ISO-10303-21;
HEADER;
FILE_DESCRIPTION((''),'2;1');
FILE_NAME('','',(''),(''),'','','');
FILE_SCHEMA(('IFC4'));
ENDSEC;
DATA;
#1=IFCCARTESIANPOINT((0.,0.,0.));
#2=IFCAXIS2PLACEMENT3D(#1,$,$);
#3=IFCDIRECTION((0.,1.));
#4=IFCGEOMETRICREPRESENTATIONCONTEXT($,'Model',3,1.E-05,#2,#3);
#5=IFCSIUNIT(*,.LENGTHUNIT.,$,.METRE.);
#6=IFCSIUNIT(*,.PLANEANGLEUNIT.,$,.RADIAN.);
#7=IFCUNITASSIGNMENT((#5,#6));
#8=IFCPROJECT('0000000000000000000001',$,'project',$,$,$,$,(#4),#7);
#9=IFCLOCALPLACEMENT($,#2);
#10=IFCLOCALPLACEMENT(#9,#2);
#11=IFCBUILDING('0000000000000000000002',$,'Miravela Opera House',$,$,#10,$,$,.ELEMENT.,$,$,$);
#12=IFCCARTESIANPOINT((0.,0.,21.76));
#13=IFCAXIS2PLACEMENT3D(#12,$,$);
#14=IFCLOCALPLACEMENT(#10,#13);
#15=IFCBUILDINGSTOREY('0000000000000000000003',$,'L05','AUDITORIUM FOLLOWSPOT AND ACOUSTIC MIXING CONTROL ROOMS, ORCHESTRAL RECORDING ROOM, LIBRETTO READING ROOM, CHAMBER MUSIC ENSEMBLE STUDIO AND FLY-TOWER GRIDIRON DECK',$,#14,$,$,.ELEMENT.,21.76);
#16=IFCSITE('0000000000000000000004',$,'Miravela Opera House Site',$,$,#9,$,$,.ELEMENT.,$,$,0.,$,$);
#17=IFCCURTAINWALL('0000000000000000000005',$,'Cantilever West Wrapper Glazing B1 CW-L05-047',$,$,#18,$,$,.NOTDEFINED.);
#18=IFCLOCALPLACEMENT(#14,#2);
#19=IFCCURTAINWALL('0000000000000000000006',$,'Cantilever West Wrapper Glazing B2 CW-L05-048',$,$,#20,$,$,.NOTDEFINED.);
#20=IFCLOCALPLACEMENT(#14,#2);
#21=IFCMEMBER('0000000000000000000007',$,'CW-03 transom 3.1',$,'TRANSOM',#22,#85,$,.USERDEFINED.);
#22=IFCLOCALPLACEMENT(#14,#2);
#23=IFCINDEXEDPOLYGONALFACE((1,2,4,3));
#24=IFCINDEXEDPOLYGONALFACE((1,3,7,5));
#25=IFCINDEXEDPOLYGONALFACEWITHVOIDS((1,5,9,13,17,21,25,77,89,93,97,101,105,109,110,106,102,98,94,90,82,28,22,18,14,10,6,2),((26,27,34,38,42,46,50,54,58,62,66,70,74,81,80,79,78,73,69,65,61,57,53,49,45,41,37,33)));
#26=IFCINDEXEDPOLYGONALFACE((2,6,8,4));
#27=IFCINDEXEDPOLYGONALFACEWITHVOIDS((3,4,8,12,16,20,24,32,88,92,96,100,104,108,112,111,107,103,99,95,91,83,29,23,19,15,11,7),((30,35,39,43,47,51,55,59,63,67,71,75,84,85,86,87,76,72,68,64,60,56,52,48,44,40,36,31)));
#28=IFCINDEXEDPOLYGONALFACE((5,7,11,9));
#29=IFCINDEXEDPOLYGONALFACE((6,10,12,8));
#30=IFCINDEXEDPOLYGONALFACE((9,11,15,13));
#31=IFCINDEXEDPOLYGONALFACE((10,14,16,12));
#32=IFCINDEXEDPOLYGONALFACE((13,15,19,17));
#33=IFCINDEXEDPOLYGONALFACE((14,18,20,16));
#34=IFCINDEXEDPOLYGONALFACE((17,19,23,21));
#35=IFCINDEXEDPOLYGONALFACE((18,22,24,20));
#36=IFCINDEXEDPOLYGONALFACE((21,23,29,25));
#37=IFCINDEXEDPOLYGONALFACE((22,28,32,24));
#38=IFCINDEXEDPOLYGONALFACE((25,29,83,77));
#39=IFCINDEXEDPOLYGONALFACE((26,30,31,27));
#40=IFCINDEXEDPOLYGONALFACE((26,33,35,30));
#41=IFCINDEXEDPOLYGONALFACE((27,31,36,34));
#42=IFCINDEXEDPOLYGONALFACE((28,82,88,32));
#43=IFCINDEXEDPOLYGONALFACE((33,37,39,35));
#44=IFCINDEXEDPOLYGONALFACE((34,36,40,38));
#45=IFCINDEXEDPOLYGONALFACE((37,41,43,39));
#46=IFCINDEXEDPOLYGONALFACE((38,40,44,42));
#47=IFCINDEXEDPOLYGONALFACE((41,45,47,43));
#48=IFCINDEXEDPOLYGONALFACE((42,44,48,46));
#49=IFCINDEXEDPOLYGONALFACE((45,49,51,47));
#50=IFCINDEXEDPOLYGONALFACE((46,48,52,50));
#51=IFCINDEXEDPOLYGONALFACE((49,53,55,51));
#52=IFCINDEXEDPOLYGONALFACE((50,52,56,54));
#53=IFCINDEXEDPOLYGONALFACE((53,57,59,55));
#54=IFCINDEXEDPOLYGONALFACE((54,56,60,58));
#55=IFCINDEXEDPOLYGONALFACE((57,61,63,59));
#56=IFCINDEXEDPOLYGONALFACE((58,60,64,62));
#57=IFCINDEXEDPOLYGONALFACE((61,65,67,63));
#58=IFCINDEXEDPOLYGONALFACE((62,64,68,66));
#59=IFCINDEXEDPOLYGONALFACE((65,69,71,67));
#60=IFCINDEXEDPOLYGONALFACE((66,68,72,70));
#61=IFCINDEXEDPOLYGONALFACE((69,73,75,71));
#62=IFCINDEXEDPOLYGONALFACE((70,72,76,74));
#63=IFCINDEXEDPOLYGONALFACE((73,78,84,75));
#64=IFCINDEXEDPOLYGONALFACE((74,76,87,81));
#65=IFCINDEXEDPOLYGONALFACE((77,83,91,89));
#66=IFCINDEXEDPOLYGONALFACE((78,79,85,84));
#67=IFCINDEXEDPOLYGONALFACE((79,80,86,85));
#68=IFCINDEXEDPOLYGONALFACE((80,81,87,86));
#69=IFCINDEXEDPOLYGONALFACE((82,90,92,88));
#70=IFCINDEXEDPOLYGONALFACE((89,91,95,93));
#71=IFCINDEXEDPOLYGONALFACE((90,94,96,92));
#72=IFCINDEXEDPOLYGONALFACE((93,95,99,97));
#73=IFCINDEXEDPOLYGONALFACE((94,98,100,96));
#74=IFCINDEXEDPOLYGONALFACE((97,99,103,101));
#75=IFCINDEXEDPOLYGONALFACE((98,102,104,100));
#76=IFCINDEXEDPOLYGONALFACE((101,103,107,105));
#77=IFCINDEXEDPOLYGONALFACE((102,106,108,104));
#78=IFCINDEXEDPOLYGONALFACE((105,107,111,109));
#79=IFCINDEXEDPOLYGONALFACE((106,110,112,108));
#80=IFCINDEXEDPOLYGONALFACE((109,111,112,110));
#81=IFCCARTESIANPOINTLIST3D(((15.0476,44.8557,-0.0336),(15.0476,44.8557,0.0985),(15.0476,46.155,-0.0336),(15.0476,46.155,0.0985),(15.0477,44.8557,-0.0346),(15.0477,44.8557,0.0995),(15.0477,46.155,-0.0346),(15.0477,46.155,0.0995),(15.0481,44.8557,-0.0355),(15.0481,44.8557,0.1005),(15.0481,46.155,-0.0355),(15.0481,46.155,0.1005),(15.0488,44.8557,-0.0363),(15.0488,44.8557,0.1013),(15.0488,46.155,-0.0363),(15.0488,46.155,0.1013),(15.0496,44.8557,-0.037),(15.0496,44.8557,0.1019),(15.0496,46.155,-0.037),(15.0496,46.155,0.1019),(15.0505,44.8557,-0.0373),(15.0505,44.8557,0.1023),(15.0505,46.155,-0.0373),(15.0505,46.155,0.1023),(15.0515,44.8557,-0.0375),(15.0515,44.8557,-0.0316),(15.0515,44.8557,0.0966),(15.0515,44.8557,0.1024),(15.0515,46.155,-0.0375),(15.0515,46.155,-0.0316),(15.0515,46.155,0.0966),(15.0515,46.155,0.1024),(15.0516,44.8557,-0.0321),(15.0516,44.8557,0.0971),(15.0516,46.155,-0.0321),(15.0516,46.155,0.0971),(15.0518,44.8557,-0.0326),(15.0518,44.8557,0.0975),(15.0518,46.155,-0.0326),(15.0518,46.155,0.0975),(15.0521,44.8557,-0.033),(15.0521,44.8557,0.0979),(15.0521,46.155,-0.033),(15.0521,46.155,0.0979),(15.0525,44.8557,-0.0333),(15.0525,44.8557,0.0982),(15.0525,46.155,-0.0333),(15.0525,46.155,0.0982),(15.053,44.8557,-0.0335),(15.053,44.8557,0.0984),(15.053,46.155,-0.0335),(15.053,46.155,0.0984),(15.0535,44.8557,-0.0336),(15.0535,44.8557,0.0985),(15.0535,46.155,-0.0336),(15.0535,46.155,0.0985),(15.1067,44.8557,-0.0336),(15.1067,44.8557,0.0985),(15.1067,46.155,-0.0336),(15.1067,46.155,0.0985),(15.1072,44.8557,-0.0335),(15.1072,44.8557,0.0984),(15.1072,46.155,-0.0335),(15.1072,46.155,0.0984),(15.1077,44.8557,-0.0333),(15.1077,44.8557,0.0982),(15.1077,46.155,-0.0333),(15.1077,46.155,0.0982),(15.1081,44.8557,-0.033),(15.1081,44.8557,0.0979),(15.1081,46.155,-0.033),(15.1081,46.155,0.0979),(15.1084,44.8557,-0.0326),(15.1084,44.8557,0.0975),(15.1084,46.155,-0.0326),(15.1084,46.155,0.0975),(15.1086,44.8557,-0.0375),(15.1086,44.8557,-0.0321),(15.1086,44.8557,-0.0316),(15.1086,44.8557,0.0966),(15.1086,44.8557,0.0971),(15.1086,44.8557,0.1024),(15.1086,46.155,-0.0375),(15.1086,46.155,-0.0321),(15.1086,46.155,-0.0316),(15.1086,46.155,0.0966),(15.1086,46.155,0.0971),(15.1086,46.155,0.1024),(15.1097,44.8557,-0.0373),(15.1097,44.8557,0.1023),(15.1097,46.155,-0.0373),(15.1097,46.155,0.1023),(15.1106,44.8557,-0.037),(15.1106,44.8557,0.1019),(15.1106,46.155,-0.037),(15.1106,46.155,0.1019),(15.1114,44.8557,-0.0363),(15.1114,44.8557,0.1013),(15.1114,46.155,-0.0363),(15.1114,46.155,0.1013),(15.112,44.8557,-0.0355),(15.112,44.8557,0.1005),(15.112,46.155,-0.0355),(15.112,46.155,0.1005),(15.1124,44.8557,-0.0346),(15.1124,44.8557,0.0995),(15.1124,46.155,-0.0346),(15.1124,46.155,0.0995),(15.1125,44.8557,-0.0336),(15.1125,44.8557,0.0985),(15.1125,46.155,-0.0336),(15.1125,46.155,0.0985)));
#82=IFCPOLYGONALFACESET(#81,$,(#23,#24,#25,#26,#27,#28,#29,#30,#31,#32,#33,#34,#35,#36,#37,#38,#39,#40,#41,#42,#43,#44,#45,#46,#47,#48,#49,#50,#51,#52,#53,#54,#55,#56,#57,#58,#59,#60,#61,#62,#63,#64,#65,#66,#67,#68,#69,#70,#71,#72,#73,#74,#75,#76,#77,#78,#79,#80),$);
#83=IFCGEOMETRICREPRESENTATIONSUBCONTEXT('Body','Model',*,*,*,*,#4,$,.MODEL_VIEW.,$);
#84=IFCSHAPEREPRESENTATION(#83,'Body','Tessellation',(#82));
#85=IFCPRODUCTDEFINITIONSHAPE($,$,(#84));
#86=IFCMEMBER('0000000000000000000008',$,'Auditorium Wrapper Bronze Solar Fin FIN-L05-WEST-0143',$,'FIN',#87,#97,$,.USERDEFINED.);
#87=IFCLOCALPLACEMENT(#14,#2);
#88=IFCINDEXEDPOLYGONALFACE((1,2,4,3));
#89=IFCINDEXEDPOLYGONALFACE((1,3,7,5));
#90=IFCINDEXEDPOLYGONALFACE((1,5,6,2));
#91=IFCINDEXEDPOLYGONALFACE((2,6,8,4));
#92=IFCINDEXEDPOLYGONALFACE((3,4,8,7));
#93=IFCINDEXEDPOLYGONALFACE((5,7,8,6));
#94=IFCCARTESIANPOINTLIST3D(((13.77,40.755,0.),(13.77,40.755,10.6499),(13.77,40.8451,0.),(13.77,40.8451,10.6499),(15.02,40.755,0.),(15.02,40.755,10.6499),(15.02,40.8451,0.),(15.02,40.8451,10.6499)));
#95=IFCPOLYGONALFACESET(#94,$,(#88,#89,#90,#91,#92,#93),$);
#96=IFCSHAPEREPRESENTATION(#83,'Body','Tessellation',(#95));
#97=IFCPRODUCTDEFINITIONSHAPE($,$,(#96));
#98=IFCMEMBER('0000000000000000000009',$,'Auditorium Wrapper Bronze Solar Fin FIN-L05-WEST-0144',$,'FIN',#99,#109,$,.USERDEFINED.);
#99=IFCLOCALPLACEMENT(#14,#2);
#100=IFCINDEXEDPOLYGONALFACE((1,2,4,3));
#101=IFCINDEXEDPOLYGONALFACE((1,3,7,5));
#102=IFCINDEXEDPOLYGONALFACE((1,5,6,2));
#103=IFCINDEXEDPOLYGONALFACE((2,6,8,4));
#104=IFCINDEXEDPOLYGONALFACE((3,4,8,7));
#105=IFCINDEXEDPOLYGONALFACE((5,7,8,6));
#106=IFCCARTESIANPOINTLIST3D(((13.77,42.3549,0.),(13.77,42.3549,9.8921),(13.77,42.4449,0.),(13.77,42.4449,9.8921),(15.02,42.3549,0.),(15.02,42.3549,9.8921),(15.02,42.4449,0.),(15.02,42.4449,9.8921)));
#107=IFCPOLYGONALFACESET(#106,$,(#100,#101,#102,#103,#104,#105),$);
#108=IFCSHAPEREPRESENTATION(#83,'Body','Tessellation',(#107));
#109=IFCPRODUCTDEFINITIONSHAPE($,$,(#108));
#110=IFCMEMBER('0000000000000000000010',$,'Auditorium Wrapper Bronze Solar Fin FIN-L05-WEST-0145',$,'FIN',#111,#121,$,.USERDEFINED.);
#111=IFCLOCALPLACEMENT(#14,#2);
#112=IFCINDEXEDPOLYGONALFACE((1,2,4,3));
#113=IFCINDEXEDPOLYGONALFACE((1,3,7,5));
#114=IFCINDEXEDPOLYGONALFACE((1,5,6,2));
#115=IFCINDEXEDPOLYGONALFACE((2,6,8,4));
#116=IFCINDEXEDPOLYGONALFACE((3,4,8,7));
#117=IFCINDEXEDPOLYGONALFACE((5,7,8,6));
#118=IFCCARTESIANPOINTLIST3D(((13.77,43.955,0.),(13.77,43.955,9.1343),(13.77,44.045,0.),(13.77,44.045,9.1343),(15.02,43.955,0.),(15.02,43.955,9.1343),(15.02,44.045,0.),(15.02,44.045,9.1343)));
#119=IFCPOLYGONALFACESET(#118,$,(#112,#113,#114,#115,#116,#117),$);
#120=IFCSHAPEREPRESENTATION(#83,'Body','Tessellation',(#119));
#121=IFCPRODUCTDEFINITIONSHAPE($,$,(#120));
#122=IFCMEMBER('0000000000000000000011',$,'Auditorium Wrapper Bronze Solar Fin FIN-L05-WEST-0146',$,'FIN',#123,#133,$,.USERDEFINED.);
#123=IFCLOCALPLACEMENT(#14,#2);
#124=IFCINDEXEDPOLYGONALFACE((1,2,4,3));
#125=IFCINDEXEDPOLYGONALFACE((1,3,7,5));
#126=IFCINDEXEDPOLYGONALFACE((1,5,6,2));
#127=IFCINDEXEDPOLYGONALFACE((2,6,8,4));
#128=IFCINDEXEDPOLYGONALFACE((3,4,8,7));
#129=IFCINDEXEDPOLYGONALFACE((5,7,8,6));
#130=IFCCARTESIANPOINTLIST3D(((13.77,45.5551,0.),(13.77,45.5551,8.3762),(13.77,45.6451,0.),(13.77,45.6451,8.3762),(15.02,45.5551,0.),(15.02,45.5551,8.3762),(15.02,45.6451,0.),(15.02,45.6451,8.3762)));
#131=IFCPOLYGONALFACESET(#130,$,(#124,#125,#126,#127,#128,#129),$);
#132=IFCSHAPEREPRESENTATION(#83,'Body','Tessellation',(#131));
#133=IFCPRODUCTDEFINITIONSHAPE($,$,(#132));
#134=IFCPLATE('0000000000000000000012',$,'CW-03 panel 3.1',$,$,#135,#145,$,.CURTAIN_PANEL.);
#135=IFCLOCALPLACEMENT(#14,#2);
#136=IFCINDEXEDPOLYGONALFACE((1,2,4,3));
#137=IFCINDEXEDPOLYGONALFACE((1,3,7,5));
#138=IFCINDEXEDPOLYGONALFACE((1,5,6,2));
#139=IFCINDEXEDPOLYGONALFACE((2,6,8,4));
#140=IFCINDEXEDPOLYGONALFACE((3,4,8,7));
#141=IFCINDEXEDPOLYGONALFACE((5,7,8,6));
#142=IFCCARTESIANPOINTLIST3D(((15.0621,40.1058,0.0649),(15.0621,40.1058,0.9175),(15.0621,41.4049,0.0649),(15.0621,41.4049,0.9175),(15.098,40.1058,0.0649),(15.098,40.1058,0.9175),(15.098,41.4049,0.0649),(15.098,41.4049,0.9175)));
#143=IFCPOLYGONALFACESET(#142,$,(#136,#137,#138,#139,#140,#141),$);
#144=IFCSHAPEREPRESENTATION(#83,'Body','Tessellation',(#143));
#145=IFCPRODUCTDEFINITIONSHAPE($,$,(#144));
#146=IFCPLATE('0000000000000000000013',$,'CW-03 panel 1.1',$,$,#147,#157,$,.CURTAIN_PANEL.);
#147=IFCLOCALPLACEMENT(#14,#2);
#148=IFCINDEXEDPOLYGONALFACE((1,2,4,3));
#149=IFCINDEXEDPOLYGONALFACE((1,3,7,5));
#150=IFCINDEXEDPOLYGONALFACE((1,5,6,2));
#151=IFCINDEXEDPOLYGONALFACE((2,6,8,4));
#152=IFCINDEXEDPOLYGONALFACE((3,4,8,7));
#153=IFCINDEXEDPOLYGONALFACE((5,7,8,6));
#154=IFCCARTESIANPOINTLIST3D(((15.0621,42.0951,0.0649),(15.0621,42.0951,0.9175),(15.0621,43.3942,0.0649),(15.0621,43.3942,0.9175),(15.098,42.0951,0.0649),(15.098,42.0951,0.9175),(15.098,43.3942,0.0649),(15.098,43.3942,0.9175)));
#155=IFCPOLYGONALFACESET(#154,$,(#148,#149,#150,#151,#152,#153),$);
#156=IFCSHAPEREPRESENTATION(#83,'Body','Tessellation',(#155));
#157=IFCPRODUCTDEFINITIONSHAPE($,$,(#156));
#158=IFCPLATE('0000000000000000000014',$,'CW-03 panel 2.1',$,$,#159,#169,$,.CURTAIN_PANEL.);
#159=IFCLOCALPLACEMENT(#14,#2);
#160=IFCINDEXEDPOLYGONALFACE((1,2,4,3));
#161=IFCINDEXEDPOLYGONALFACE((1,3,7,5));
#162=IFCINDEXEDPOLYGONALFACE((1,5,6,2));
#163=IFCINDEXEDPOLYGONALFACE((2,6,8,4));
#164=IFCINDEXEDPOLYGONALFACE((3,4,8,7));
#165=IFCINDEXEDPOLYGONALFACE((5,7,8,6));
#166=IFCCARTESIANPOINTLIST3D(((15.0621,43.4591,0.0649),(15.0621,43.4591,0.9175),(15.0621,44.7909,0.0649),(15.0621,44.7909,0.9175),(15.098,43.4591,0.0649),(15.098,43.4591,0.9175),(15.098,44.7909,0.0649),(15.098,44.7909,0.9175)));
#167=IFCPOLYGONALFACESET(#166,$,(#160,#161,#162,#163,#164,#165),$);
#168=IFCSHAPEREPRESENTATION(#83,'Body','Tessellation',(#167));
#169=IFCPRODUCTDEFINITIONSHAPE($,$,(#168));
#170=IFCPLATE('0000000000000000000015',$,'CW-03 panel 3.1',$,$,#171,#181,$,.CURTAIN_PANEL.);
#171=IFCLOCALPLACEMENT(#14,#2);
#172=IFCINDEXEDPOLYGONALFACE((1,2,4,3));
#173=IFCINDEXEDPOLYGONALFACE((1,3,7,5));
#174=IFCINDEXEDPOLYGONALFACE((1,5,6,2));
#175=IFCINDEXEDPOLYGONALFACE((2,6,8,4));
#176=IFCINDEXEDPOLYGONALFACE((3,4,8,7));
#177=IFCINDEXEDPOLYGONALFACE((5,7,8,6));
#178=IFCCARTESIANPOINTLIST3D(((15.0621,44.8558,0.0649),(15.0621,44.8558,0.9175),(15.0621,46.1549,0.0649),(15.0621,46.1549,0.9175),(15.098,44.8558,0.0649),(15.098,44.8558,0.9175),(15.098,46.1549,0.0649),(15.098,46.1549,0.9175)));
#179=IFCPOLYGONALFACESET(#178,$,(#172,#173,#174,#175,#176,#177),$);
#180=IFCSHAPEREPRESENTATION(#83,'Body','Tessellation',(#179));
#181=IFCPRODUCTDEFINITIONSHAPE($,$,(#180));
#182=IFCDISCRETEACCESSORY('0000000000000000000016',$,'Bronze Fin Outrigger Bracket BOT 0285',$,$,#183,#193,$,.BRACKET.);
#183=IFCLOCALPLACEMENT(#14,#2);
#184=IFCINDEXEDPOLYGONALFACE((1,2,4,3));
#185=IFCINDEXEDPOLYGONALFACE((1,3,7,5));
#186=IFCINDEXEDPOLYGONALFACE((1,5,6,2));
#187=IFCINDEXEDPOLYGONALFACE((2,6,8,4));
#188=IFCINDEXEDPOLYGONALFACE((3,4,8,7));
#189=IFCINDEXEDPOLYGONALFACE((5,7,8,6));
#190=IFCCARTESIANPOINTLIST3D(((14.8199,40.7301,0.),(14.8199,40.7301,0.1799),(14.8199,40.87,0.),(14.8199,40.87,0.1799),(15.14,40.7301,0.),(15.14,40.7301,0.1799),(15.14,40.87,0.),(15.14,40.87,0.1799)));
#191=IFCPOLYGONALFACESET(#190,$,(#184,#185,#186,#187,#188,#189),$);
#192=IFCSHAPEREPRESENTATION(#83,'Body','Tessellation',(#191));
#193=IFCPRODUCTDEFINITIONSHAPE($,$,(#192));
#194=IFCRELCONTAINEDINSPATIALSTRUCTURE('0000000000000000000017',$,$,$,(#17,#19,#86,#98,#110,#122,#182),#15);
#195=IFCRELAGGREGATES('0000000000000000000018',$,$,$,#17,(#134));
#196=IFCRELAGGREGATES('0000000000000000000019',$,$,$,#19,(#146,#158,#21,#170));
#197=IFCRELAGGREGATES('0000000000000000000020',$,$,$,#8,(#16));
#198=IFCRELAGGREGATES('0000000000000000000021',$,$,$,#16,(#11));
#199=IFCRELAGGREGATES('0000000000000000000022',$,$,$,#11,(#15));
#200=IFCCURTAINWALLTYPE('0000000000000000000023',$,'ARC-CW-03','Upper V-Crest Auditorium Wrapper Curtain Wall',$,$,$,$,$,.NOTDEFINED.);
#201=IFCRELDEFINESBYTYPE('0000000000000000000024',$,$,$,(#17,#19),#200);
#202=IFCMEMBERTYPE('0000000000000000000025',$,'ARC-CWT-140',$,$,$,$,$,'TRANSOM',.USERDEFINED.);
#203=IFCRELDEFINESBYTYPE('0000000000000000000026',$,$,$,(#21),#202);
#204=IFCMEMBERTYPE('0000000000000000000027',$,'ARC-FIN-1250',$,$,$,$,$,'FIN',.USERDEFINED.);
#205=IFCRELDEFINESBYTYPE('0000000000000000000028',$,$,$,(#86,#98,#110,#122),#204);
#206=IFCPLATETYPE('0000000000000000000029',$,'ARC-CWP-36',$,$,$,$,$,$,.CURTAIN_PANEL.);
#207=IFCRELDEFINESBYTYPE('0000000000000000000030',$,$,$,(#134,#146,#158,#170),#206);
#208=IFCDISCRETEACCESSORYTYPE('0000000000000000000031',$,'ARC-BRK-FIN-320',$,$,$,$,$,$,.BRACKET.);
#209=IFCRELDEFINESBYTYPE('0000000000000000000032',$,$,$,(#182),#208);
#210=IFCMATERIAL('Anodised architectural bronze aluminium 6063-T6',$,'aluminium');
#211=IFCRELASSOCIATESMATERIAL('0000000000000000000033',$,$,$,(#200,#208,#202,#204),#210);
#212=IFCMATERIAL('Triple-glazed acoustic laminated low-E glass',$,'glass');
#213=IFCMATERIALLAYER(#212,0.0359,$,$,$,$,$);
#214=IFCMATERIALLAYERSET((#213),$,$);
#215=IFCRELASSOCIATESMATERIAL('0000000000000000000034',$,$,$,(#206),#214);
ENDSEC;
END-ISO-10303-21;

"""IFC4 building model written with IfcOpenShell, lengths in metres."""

from ifc_helpers import new_model, si_unit, direction, frame, origin, origin_2d, place, context, subcontext, project, spatial, rectangle, hollow_rectangle, extrude, material, layer, layer_set, material_profile, profile_set, type_object, element, aggregate, save


model = new_model("IFC4")

# Units and contexts
model_context = context("Model", 3, precision=1e-05, world=origin(), true_north=direction((0.0, 1.0)))
body_context = subcontext(model_context, "Body", "Model", "MODEL_VIEW")
ifc_project = project(units=[si_unit("LENGTHUNIT", "METRE"), si_unit("PLANEANGLEUNIT", "RADIAN")], contexts=[model_context])

# Site, building, storey
site_placement = place(None, origin())
site = spatial("IfcSite", under=ifc_project, at=site_placement, Name="Miravela Opera House Site", CompositionType="ELEMENT", RefElevation=0.0)
building_placement = place(site_placement, origin())
building = spatial("IfcBuilding", under=site, at=building_placement, Name="Miravela Opera House", CompositionType="ELEMENT")
storey_placement = place(building_placement, frame((0.0, 0.0, 21.76)))
storey = spatial("IfcBuildingStorey", under=building, at=storey_placement, Name="L05", Description="AUDITORIUM FOLLOWSPOT AND ACOUSTIC MIXING CONTROL ROOMS, ORCHESTRAL RECORDING ROOM, LIBRETTO READING ROOM, CHAMBER MUSIC ENSEMBLE STUDIO AND FLY-TOWER GRIDIRON DECK", CompositionType="ELEMENT", Elevation=21.76)

# Curtain walls
ifc_material_1 = material(Name="Anodised architectural bronze aluminium 6063-T6", Category="aluminium")
curtain_wall_type = type_object("IfcCurtainWallType", Name="ARC-CW-03", Description="Upper V-Crest Auditorium Wrapper Curtain Wall", PredefinedType="NOTDEFINED", material=ifc_material_1)
curtain_wall_1_placement = place(storey_placement, origin())
curtain_wall_1 = element("IfcCurtainWall", 1, at=curtain_wall_1_placement, inside=storey, type_object=curtain_wall_type, Name="Cantilever West Wrapper Glazing B1 CW-L05-047", PredefinedType="NOTDEFINED")
curtain_wall_2_placement = place(storey_placement, origin())
curtain_wall_2 = element("IfcCurtainWall", 2, at=curtain_wall_2_placement, inside=storey, type_object=curtain_wall_type, Name="Cantilever West Wrapper Glazing B2 CW-L05-048", PredefinedType="NOTDEFINED")

# Member
ifc_material_profile_1 = material_profile(ifc_material_1, hollow_rectangle(XDim=0.0649, YDim=0.1399, WallThickness=0.0039, InnerFilletRadius=0.002, OuterFilletRadius=0.0039, at=origin_2d()), Name="CWT-65X140")
ifc_profile_set_1 = profile_set([ifc_material_profile_1])
member_type_1 = type_object("IfcMemberType", Name="ARC-CWT-140", ElementType="TRANSOM", PredefinedType="USERDEFINED", material=ifc_profile_set_1)
member_1_placement = place(storey_placement, frame((15.0801, 44.8557, 0.0325), z_axis=(0.0, 1.0, 0.0), x_axis=(-1.0, 0.0, 0.0)))
member_1 = element("IfcMember", 3, at=member_1_placement, type_object=member_type_1, Name="CW-03 transom 3.1", ObjectType="TRANSOM", PredefinedType="USERDEFINED", context=body_context, shape_type="SweptSolid", body=[
    extrude(hollow_rectangle(XDim=0.0649, YDim=0.1399, WallThickness=0.0039, InnerFilletRadius=0.002, OuterFilletRadius=0.0039, at=origin_2d()), origin(), (0.0, 0.0, 1.0), 1.2993),
])

# Members
ifc_material_profile_2 = material_profile(ifc_material_1, rectangle(XDim=0.0901, YDim=1.25, at=origin_2d()), Name="FIN-1250X90")
ifc_profile_set_2 = profile_set([ifc_material_profile_2])
member_type_2 = type_object("IfcMemberType", Name="ARC-FIN-1250", ElementType="FIN", PredefinedType="USERDEFINED", material=ifc_profile_set_2)
member_2_placement = place(storey_placement, frame((14.395, 40.8, 0.0), z_axis=(0.0, 0.0, 1.0), x_axis=(0.0, 1.0, 0.0)))
element("IfcMember", 4, at=member_2_placement, inside=storey, type_object=member_type_2, Name="Auditorium Wrapper Bronze Solar Fin FIN-L05-WEST-0143", ObjectType="FIN", PredefinedType="USERDEFINED", context=body_context, shape_type="SweptSolid", body=[
    extrude(rectangle(XDim=0.0901, YDim=1.25, at=origin_2d()), origin(), (0.0, 0.0, 1.0), 10.6499),
])
member_3_placement = place(storey_placement, frame((14.395, 42.3999, 0.0), z_axis=(0.0, 0.0, 1.0), x_axis=(0.0, 1.0, 0.0)))
element("IfcMember", 5, at=member_3_placement, inside=storey, type_object=member_type_2, Name="Auditorium Wrapper Bronze Solar Fin FIN-L05-WEST-0144", ObjectType="FIN", PredefinedType="USERDEFINED", context=body_context, shape_type="SweptSolid", body=[
    extrude(rectangle(XDim=0.0901, YDim=1.25, at=origin_2d()), origin(), (0.0, 0.0, 1.0), 9.8921),
])
member_4_placement = place(storey_placement, frame((14.395, 44.0, 0.0), z_axis=(0.0, 0.0, 1.0), x_axis=(0.0, 1.0, 0.0)))
element("IfcMember", 6, at=member_4_placement, inside=storey, type_object=member_type_2, Name="Auditorium Wrapper Bronze Solar Fin FIN-L05-WEST-0145", ObjectType="FIN", PredefinedType="USERDEFINED", context=body_context, shape_type="SweptSolid", body=[
    extrude(rectangle(XDim=0.0901, YDim=1.25, at=origin_2d()), origin(), (0.0, 0.0, 1.0), 9.1343),
])
member_5_placement = place(storey_placement, frame((14.395, 45.6001, 0.0), z_axis=(0.0, 0.0, 1.0), x_axis=(0.0, 1.0, 0.0)))
element("IfcMember", 7, at=member_5_placement, inside=storey, type_object=member_type_2, Name="Auditorium Wrapper Bronze Solar Fin FIN-L05-WEST-0146", ObjectType="FIN", PredefinedType="USERDEFINED", context=body_context, shape_type="SweptSolid", body=[
    extrude(rectangle(XDim=0.0901, YDim=1.25, at=origin_2d()), origin(), (0.0, 0.0, 1.0), 8.3762),
])

# Plates
ifc_material_2 = material(Name="Triple-glazed acoustic laminated low-E glass", Category="glass")
ifc_layer = layer(ifc_material_2, 0.0359)
ifc_layer_set = layer_set([ifc_layer])
plate_type = type_object("IfcPlateType", Name="ARC-CWP-36", PredefinedType="CURTAIN_PANEL", material=ifc_layer_set)
plate_1_placement = place(storey_placement, frame((15.0801, 40.7554, 0.0649), z_axis=(0.0, 0.0, 1.0), x_axis=(0.0, 1.0, 0.0)))
plate_1 = element("IfcPlate", 8, at=plate_1_placement, type_object=plate_type, Name="CW-03 panel 3.1", PredefinedType="CURTAIN_PANEL", context=body_context, shape_type="SweptSolid", body=[
    extrude(rectangle(XDim=1.2991, YDim=0.0359, at=origin_2d()), origin(), (0.0, 0.0, 1.0), 0.8525),
])
aggregate(curtain_wall_1, [plate_1])
plate_2_placement = place(storey_placement, frame((15.0801, 42.7446, 0.0649), z_axis=(0.0, 0.0, 1.0), x_axis=(0.0, 1.0, 0.0)))
plate_2 = element("IfcPlate", 9, at=plate_2_placement, type_object=plate_type, Name="CW-03 panel 1.1", PredefinedType="CURTAIN_PANEL", context=body_context, shape_type="SweptSolid", body=[
    extrude(rectangle(XDim=1.2991, YDim=0.0359, at=origin_2d()), origin(), (0.0, 0.0, 1.0), 0.8525),
])
plate_3_placement = place(storey_placement, frame((15.0801, 44.125, 0.0649), z_axis=(0.0, 0.0, 1.0), x_axis=(0.0, 1.0, 0.0)))
plate_3 = element("IfcPlate", 10, at=plate_3_placement, type_object=plate_type, Name="CW-03 panel 2.1", PredefinedType="CURTAIN_PANEL", context=body_context, shape_type="SweptSolid", body=[
    extrude(rectangle(XDim=1.3318, YDim=0.0359, at=origin_2d()), origin(), (0.0, 0.0, 1.0), 0.8525),
])
plate_4_placement = place(storey_placement, frame((15.0801, 45.5054, 0.0649), z_axis=(0.0, 0.0, 1.0), x_axis=(0.0, 1.0, 0.0)))
plate_4 = element("IfcPlate", 11, at=plate_4_placement, type_object=plate_type, Name="CW-03 panel 3.1", PredefinedType="CURTAIN_PANEL", context=body_context, shape_type="SweptSolid", body=[
    extrude(rectangle(XDim=1.2991, YDim=0.0359, at=origin_2d()), origin(), (0.0, 0.0, 1.0), 0.8525),
])
aggregate(curtain_wall_2, [plate_2, plate_3, member_1, plate_4])

# Discrete accessory
discrete_accessory_type = type_object("IfcDiscreteAccessoryType", Name="ARC-BRK-FIN-320", PredefinedType="BRACKET", material=ifc_material_1)
for number, where, z_axis, x_axis, name in (
    (12, (14.98, 40.8, 0.0), (0.0, 0.0, 1.0), (1.0, 0.0, 0.0), "Bronze Fin Outrigger Bracket BOT 0285"),
):
    element("IfcDiscreteAccessory", number, at=place(storey_placement, frame(where, z_axis=z_axis, x_axis=x_axis)), inside=storey, type_object=discrete_accessory_type, Name=name, PredefinedType="BRACKET", context=body_context, shape_type="SweptSolid", body=[
        extrude(rectangle(XDim=0.3201, YDim=0.1399, at=origin_2d()), origin(), (0.0, 0.0, 1.0), 0.1799),
    ])

save(model, "model.ifc")
